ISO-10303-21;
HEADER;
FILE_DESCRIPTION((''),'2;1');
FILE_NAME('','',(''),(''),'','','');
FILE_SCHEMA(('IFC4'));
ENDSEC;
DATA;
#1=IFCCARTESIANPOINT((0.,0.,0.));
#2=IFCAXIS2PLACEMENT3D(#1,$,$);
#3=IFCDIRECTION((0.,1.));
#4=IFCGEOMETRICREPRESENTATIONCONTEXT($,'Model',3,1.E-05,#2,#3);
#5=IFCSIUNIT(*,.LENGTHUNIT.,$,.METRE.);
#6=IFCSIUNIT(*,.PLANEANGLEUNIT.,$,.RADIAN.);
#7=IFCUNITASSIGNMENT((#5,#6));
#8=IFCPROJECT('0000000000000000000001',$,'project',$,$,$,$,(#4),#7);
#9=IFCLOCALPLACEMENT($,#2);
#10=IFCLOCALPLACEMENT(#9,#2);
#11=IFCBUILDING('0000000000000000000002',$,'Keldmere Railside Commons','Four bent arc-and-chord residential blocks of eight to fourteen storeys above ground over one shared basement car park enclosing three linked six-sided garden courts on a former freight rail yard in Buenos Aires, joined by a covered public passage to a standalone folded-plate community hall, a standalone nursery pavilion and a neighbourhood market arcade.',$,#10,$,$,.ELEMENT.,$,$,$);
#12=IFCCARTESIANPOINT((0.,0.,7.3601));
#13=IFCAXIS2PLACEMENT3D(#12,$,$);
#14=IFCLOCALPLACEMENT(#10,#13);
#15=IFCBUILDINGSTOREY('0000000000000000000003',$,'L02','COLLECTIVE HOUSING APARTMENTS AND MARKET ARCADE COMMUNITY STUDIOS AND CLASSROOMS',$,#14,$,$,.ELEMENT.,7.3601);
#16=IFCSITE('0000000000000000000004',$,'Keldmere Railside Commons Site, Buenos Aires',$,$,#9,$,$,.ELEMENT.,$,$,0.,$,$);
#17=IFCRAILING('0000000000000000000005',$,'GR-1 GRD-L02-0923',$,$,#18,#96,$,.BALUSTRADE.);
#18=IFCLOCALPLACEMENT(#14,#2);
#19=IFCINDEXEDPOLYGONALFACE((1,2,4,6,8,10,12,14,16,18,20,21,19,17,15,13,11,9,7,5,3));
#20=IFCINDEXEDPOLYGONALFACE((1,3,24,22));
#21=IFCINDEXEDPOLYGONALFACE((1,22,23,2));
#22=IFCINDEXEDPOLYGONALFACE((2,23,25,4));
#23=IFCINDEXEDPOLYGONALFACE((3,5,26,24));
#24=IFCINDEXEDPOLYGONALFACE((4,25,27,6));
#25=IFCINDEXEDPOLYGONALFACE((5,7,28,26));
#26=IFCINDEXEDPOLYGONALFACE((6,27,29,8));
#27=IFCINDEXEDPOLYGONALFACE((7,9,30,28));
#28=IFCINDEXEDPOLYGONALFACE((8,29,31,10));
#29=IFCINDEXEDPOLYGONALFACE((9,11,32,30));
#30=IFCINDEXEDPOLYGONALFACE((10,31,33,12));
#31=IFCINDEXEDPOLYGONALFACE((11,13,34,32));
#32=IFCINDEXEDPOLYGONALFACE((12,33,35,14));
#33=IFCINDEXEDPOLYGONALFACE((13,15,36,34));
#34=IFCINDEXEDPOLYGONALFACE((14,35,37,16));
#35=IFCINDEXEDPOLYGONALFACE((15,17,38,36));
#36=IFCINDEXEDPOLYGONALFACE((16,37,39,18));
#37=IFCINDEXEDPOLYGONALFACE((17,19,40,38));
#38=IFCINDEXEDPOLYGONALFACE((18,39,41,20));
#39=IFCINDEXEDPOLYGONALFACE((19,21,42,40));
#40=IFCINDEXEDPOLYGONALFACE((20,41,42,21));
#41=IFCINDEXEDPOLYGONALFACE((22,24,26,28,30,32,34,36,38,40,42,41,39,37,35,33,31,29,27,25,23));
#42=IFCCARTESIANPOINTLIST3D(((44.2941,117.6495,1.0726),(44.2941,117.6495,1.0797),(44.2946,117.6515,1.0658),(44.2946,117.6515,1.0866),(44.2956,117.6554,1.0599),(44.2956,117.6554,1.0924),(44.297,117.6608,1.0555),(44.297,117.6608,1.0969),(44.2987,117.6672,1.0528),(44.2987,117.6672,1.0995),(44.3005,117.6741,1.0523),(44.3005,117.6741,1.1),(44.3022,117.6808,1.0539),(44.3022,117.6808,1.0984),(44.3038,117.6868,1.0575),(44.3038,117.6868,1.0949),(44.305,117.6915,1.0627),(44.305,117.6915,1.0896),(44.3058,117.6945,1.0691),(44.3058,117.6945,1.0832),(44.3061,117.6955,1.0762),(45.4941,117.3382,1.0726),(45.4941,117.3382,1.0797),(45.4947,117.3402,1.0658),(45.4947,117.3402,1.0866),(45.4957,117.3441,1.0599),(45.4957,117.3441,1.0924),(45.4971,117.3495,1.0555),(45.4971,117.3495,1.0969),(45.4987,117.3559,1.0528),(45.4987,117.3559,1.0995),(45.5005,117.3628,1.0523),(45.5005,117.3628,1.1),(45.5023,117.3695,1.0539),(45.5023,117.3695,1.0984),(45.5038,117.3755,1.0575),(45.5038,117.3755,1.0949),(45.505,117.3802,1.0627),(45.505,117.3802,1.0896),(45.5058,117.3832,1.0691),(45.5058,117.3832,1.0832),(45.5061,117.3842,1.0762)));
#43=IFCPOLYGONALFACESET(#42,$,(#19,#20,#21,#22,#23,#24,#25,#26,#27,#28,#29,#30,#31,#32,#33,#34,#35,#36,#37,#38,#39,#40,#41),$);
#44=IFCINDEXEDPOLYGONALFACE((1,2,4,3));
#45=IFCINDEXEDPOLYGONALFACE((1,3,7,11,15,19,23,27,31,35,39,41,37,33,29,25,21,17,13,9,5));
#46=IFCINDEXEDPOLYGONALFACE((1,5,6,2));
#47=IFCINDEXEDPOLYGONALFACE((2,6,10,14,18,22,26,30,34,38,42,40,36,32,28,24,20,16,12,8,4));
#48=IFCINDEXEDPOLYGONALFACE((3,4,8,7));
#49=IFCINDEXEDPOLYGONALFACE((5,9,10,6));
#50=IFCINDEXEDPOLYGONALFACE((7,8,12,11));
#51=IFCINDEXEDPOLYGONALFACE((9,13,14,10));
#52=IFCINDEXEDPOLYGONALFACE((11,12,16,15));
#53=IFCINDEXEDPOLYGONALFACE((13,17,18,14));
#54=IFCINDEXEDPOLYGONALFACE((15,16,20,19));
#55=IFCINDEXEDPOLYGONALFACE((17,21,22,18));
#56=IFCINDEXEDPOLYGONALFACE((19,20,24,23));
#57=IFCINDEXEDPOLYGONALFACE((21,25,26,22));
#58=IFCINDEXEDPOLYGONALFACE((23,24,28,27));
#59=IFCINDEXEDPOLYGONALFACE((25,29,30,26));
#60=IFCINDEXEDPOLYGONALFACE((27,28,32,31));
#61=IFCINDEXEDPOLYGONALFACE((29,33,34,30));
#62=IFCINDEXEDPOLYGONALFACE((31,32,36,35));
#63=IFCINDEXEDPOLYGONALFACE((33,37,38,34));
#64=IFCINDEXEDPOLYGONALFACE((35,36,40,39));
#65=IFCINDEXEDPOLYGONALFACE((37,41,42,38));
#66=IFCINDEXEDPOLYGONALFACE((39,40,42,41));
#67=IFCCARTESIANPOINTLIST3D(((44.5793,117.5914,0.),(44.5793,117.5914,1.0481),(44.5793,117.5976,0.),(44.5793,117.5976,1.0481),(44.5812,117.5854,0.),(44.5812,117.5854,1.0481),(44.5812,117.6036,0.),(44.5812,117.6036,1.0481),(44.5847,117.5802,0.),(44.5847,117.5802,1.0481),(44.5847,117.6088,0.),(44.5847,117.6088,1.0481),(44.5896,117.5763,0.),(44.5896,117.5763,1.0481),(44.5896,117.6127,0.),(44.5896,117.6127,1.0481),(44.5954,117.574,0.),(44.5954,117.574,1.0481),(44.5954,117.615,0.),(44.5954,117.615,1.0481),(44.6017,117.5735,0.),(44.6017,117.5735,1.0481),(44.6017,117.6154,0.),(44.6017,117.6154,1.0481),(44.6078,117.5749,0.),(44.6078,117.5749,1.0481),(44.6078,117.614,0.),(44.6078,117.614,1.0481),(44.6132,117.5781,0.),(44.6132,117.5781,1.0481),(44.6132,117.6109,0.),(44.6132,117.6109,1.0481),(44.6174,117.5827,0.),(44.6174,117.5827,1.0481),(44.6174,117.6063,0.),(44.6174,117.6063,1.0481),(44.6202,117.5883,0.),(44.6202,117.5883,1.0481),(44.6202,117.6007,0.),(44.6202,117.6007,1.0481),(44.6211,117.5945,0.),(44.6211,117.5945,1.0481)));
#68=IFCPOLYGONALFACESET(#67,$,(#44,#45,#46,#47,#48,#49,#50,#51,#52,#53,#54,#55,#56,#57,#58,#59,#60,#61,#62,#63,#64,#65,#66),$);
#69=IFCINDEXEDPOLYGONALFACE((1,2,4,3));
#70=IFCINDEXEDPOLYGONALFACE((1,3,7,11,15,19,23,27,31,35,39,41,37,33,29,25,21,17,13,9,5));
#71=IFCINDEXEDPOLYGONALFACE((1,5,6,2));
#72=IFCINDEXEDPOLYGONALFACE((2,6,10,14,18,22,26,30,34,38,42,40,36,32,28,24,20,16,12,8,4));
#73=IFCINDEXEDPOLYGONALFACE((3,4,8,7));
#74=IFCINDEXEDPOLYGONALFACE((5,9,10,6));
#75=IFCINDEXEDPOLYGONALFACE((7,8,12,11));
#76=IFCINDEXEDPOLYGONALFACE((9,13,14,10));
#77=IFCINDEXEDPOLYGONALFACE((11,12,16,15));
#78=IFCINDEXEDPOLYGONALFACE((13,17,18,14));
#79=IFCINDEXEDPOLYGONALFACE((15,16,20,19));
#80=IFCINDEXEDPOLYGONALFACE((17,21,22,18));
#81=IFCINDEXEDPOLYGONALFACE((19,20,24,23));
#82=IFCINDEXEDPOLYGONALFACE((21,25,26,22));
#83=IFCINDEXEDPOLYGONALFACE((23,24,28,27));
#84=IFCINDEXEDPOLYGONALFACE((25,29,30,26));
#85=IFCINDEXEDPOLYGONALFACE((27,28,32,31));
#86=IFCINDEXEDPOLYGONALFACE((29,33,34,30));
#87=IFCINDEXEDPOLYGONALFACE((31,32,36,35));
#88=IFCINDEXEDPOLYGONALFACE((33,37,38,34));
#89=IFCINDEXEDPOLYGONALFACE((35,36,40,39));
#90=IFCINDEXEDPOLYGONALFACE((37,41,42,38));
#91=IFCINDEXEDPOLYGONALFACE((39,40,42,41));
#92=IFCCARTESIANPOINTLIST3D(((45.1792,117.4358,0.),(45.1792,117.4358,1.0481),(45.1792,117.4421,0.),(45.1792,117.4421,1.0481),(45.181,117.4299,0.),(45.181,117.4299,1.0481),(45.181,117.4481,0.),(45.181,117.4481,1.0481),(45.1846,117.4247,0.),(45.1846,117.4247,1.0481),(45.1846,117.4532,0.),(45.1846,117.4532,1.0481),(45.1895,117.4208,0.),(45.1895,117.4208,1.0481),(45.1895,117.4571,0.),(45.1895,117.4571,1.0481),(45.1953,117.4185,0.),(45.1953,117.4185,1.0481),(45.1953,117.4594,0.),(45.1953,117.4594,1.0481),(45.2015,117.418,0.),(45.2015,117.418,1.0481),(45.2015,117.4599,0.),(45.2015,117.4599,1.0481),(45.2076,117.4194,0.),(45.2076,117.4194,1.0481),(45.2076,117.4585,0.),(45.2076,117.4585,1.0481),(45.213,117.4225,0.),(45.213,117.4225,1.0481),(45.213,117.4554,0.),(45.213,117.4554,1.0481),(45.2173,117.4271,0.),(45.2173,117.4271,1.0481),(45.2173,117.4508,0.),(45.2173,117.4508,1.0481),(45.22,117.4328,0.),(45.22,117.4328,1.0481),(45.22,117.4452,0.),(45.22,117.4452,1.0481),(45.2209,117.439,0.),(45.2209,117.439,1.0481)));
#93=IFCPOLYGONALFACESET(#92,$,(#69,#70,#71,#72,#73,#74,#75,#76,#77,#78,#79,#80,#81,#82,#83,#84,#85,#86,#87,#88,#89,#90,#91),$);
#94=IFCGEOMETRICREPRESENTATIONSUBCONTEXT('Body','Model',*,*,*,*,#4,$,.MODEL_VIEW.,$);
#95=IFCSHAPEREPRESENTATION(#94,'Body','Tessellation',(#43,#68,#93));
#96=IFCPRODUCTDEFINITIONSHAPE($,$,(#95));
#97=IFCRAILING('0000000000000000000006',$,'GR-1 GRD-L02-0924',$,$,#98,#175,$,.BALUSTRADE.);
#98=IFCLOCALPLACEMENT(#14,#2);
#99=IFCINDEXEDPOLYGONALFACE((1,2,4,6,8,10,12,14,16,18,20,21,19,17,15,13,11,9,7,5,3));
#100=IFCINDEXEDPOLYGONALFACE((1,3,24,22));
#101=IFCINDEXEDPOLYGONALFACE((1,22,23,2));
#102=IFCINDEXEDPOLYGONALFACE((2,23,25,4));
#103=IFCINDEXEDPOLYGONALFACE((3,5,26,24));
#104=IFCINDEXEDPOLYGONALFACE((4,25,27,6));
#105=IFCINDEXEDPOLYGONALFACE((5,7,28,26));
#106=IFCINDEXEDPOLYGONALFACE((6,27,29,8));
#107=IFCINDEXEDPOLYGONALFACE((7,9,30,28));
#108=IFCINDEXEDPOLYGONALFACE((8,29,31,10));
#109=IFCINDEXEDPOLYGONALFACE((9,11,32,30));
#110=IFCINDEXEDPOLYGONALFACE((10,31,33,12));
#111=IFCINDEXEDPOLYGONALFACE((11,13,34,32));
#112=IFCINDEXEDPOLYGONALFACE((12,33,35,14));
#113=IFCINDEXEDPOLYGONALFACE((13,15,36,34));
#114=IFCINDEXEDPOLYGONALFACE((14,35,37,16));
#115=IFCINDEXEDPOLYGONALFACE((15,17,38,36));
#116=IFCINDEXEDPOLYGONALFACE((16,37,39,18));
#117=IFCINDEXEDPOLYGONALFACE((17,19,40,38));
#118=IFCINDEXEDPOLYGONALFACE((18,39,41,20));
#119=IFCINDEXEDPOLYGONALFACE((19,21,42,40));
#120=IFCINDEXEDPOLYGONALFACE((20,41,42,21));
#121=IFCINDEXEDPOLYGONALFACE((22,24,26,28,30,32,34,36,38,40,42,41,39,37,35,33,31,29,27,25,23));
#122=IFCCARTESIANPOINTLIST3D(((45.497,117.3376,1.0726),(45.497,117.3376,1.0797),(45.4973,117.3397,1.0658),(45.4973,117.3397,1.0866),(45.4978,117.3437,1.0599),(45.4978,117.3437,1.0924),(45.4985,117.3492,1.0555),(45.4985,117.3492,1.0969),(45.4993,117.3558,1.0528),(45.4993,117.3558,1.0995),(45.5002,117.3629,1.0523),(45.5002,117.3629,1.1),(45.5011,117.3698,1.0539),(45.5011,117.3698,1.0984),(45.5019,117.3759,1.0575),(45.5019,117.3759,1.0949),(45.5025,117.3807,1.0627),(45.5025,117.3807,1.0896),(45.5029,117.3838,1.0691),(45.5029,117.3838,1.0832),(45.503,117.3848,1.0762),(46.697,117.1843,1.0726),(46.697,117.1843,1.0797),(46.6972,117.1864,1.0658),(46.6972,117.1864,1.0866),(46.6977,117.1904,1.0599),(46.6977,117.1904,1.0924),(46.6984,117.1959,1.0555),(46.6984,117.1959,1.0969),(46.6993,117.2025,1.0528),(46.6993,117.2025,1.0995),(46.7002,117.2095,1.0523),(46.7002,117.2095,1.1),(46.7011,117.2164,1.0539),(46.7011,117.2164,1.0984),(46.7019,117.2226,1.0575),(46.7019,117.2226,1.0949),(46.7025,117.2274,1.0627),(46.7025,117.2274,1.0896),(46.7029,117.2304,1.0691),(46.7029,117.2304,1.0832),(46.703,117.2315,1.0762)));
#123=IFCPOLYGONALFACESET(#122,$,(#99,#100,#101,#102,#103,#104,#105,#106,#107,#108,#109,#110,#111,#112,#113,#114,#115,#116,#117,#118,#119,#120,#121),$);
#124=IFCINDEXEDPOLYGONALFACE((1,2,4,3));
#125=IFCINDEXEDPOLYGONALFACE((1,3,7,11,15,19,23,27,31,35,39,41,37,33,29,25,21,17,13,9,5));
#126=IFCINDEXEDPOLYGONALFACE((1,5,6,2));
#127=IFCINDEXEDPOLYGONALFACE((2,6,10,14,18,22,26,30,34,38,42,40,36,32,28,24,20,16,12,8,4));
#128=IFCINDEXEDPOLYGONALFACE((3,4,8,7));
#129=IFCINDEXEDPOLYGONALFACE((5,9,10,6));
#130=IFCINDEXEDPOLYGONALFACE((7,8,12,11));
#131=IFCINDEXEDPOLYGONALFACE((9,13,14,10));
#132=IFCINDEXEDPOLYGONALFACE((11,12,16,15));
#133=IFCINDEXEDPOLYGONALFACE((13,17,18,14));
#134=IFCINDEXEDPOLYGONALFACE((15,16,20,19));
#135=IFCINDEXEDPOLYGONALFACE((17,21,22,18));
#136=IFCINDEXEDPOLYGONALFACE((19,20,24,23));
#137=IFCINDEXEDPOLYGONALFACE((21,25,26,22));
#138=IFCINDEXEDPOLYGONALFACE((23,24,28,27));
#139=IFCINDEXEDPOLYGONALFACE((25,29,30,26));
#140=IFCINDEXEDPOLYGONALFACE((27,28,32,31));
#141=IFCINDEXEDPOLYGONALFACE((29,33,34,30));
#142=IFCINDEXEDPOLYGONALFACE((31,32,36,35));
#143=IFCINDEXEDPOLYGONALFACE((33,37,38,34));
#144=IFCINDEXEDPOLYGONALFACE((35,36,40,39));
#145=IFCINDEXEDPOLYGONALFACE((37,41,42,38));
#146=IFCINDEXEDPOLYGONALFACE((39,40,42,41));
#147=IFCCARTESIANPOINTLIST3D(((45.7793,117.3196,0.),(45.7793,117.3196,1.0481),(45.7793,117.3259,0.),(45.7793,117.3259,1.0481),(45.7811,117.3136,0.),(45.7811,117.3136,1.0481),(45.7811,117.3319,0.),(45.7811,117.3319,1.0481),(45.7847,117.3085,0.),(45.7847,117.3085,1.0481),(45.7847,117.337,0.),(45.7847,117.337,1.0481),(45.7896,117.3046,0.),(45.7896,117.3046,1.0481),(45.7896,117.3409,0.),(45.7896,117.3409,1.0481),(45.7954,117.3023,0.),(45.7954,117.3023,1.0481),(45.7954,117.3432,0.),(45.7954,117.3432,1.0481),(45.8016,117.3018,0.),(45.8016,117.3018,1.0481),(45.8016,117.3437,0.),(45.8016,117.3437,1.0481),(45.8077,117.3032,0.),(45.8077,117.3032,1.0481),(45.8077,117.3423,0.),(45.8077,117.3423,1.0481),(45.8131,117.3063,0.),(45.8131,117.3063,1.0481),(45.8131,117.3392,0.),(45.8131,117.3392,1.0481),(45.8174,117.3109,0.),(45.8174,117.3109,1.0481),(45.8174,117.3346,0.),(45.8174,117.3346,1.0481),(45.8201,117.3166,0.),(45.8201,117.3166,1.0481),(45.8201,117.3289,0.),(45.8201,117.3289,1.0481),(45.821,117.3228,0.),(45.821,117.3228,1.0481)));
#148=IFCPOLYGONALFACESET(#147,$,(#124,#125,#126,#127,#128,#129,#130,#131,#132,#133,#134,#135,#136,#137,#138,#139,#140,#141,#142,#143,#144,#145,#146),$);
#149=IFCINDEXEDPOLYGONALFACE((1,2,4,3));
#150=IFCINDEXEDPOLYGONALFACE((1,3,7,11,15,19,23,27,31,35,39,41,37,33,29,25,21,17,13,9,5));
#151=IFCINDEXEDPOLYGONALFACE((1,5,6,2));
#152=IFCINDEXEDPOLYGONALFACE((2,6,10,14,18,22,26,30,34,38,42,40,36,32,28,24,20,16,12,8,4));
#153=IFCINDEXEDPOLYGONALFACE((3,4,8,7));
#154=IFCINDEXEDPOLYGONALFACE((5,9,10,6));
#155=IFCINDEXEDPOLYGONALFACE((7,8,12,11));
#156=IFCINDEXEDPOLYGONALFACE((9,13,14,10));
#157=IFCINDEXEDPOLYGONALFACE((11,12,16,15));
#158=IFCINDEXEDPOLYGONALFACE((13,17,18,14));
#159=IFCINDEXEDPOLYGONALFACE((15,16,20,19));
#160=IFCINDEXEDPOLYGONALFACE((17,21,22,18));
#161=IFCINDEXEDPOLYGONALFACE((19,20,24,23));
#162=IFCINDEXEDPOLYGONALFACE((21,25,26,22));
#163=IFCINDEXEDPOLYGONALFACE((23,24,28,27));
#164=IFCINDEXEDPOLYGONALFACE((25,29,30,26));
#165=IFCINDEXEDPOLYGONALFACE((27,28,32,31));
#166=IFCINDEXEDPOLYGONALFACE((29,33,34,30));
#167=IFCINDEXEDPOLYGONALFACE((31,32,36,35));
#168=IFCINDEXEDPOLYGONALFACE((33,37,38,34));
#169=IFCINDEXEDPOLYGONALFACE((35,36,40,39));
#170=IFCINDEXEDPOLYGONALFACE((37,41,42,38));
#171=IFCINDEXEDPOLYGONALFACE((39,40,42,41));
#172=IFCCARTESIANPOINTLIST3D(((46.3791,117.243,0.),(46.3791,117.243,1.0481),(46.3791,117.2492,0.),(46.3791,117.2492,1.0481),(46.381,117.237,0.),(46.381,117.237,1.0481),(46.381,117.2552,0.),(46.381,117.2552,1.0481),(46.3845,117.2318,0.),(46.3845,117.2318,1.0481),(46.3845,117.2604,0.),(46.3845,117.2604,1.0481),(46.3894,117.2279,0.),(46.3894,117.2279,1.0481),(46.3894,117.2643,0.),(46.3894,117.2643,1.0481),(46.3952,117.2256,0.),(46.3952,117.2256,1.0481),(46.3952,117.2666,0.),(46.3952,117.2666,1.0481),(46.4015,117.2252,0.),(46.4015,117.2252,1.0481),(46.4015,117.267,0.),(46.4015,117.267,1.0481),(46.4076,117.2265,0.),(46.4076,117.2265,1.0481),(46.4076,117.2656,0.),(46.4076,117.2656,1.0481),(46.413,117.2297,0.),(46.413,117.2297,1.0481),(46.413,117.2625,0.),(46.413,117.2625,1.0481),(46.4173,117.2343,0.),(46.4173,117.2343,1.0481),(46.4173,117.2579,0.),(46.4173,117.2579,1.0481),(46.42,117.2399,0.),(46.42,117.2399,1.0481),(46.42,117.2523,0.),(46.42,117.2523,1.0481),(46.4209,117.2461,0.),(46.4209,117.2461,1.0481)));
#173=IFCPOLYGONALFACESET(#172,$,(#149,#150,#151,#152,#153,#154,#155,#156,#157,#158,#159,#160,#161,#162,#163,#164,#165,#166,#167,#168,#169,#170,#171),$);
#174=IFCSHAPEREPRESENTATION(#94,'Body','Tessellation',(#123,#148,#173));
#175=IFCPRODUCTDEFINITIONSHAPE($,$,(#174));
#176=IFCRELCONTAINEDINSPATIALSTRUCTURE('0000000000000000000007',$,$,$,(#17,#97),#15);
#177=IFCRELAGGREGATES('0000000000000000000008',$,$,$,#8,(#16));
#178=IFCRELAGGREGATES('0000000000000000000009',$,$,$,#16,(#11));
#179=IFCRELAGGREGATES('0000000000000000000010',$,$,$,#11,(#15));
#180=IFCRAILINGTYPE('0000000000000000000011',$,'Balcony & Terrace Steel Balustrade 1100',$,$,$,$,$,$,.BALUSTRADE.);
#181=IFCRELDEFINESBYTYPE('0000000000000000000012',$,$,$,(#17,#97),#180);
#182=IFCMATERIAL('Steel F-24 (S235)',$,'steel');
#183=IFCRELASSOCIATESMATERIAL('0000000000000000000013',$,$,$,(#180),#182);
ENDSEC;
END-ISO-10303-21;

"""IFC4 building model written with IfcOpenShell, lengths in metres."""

from ifc_helpers import new_model, si_unit, direction, frame, origin, origin_2d, place, context, subcontext, project, spatial, circle, extrude, material, type_object, element, save


model = new_model("IFC4")

# Units and contexts
model_context = context("Model", 3, precision=1e-05, world=origin(), true_north=direction((0.0, 1.0)))
body_context = subcontext(model_context, "Body", "Model", "MODEL_VIEW")
ifc_project = project(units=[si_unit("LENGTHUNIT", "METRE"), si_unit("PLANEANGLEUNIT", "RADIAN")], contexts=[model_context])

# Site, building, storey
site_placement = place(None, origin())
site = spatial("IfcSite", under=ifc_project, at=site_placement, Name="Keldmere Railside Commons Site, Buenos Aires", CompositionType="ELEMENT", RefElevation=0.0)
building_placement = place(site_placement, origin())
building = spatial("IfcBuilding", under=site, at=building_placement, Name="Keldmere Railside Commons", Description="Four bent arc-and-chord residential blocks of eight to fourteen storeys above ground over one shared basement car park enclosing three linked six-sided garden courts on a former freight rail yard in Buenos Aires, joined by a covered public passage to a standalone folded-plate community hall, a standalone nursery pavilion and a neighbourhood market arcade.", CompositionType="ELEMENT")
storey_placement = place(building_placement, frame((0.0, 0.0, 7.3601)))
storey = spatial("IfcBuildingStorey", under=building, at=storey_placement, Name="L02", Description="COLLECTIVE HOUSING APARTMENTS AND MARKET ARCADE COMMUNITY STUDIOS AND CLASSROOMS", CompositionType="ELEMENT", Elevation=7.3601)

# Railings
ifc_material_1 = material(Name="Steel F-24 (S235)", Category="steel")
railing_type = type_object("IfcRailingType", Name="Balcony & Terrace Steel Balustrade 1100", PredefinedType="BALUSTRADE", material=ifc_material_1)
railing_1_placement = place(storey_placement, frame((44.3, 117.6724, 0.0)))
element("IfcRailing", 1, at=railing_1_placement, inside=storey, type_object=railing_type, Name="GR-1 GRD-L02-0923", PredefinedType="BALUSTRADE", context=body_context, shape_type="SweptSolid", body=[
    extrude(circle(Radius=0.0239, at=origin_2d()), frame((0.0, 0.0, 1.0762), z_axis=(0.967961, -0.251099, 0.0), x_axis=(0.251099, 0.967961, 0.0)), (0.0, 0.0, 1.0), 1.2397),
    extrude(circle(Radius=0.021, at=origin_2d()), frame((0.3, -0.0779, 0.0)), (0.0, 0.0, 1.0), 1.0481),
    extrude(circle(Radius=0.021, at=origin_2d()), frame((0.8999, -0.2334, 0.0)), (0.0, 0.0, 1.0), 1.0481),
])
railing_2_placement = place(storey_placement, frame((45.5, 117.3611, 0.0)))
element("IfcRailing", 2, at=railing_2_placement, inside=storey, type_object=railing_type, Name="GR-1 GRD-L02-0924", PredefinedType="BALUSTRADE", context=body_context, shape_type="SweptSolid", body=[
    extrude(circle(Radius=0.0239, at=origin_2d()), frame((0.0, 0.0, 1.0762), z_axis=(0.991936, -0.126742, 0.0), x_axis=(0.126742, 0.991936, 0.0)), (0.0, 0.0, 1.0), 1.2097),
    extrude(circle(Radius=0.021, at=origin_2d()), frame((0.3, -0.0383, 0.0)), (0.0, 0.0, 1.0), 1.0481),
    extrude(circle(Radius=0.021, at=origin_2d()), frame((0.8999, -0.115, 0.0)), (0.0, 0.0, 1.0), 1.0481),
])

save(model, "model.ifc")
